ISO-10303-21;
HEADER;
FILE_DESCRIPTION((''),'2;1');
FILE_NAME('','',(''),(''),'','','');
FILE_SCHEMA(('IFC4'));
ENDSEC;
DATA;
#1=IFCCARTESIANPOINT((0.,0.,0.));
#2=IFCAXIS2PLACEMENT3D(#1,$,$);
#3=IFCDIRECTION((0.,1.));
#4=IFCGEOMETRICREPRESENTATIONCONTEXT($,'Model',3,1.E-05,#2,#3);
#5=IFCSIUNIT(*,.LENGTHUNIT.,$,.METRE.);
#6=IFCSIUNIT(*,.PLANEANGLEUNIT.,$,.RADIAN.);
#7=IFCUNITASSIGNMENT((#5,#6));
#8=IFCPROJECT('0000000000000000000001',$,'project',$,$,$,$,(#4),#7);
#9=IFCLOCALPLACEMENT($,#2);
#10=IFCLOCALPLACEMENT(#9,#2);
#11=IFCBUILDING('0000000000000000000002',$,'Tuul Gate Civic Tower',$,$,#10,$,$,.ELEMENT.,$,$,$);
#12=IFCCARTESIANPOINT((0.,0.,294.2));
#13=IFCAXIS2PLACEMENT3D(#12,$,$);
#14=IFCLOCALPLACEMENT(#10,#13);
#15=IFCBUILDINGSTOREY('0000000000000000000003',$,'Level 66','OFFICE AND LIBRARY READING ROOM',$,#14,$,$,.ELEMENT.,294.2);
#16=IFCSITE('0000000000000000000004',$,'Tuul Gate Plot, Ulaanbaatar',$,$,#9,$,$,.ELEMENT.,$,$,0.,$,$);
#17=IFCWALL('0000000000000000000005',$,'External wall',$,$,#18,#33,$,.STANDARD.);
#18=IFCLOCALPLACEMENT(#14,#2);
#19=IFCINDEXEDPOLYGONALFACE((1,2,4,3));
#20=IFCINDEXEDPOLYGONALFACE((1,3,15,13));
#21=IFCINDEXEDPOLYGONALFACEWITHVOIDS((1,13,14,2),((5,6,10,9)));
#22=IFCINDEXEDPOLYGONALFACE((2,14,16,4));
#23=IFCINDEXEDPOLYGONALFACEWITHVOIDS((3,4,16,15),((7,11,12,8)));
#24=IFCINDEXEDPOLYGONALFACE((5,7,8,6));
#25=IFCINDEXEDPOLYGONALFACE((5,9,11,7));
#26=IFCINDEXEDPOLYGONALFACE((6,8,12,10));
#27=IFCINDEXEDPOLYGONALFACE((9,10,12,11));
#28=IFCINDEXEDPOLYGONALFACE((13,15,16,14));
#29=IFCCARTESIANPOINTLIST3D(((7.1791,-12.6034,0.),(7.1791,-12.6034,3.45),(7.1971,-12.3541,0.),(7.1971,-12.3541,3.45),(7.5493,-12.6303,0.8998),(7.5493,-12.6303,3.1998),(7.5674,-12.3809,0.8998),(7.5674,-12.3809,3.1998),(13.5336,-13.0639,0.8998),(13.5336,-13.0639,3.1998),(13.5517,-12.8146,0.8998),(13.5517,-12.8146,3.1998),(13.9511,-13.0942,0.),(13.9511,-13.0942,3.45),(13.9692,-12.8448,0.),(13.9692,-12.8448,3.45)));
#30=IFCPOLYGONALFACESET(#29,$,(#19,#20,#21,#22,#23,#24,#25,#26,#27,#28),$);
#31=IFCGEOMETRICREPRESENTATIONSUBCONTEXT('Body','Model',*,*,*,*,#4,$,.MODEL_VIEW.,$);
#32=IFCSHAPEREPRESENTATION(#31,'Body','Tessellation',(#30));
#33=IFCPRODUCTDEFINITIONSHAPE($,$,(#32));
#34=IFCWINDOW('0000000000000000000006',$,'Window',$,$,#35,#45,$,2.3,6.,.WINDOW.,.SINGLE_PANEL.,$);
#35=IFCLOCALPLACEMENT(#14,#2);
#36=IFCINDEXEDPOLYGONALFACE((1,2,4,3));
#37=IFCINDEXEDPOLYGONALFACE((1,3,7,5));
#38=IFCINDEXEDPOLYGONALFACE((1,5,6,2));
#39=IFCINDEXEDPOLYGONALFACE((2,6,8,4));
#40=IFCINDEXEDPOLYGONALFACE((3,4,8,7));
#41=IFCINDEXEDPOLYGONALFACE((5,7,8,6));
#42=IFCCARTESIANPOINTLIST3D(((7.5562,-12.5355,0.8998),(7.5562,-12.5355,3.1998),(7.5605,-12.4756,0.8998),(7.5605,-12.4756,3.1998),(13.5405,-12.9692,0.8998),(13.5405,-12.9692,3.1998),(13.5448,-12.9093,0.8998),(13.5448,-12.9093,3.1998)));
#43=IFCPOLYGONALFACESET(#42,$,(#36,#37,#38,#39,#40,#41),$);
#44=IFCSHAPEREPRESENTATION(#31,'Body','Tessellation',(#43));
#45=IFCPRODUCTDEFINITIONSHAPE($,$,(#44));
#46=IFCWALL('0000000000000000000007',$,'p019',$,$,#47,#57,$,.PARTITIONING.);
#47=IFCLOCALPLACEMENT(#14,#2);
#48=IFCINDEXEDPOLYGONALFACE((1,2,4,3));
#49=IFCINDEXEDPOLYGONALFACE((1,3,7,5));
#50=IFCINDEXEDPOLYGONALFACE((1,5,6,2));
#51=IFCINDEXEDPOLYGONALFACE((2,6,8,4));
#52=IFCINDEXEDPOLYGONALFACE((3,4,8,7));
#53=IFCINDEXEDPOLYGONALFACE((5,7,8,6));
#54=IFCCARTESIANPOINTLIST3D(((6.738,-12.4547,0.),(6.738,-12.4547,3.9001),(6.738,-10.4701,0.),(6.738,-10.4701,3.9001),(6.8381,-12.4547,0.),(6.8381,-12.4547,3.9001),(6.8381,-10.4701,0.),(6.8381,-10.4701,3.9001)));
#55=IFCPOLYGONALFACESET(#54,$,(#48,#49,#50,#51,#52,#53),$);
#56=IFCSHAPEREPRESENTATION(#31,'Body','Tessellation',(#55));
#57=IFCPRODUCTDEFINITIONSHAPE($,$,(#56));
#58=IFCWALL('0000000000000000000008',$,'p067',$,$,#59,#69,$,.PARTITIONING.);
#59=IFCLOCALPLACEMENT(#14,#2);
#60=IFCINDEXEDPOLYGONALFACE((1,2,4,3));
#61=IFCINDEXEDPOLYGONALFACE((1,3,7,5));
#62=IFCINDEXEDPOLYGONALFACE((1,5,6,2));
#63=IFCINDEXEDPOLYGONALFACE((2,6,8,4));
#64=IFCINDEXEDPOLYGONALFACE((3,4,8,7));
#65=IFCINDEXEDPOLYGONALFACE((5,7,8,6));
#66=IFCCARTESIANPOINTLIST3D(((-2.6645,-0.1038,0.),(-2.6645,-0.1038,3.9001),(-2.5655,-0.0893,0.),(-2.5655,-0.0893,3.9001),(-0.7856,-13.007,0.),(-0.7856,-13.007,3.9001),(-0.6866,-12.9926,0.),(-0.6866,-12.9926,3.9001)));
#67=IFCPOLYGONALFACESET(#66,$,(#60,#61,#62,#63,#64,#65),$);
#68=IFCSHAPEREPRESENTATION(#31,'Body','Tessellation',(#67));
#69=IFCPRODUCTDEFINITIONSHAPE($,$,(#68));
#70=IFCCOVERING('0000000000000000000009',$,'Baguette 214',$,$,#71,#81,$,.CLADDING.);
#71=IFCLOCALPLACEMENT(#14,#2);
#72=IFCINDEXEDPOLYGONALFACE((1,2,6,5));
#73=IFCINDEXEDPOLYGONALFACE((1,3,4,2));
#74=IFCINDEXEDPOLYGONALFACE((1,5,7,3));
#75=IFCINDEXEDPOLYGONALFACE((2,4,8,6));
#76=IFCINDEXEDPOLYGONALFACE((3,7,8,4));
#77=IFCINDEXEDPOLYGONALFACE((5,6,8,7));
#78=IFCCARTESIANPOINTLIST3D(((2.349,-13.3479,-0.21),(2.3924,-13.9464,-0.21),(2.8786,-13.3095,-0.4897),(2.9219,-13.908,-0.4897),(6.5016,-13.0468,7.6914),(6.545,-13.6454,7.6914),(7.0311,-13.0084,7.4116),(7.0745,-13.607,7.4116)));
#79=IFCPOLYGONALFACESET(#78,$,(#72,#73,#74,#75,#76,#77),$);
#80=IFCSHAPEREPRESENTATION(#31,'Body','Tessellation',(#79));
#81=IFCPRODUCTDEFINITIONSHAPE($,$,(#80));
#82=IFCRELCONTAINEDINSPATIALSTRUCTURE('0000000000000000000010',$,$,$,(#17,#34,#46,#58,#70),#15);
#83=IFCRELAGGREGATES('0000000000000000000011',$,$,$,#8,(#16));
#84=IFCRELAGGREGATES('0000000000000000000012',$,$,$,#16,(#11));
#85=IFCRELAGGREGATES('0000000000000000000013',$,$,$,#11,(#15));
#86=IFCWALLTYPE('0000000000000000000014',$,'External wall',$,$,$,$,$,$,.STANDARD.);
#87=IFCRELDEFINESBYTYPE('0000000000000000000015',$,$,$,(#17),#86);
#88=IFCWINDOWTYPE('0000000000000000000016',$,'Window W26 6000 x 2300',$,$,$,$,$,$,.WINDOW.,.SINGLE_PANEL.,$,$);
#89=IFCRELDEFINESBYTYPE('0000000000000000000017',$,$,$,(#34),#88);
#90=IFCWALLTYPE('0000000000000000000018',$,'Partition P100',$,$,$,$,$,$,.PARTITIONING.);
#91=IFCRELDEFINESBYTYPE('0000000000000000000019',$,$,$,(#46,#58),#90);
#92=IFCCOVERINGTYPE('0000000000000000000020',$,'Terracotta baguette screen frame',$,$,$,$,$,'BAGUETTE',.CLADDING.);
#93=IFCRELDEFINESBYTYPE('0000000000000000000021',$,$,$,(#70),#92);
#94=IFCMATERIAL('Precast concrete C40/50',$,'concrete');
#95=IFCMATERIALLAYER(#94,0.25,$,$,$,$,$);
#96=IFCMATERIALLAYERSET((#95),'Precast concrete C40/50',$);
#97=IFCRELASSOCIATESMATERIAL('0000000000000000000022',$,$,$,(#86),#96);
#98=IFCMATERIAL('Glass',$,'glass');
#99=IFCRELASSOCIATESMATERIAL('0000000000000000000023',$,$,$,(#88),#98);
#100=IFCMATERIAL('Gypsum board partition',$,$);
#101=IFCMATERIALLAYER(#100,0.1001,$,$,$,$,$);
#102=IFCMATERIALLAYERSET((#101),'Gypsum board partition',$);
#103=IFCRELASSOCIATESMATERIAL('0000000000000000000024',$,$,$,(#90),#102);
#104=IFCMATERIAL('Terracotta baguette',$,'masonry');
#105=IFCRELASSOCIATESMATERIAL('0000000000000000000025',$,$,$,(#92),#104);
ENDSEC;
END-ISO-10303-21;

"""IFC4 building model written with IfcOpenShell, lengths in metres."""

from ifc_helpers import new_model, si_unit, direction, frame, frame_2d, origin, origin_2d, place, context, subcontext, project, spatial, rectangle, extrude, material, layer, layer_set, material_profile, profile_set, type_object, element, fill, save


model = new_model("IFC4")

# Units and contexts
model_context = context("Model", 3, precision=1e-05, world=origin(), true_north=direction((0.0, 1.0)))
body_context = subcontext(model_context, "Body", "Model", "MODEL_VIEW")
ifc_project = project(units=[si_unit("LENGTHUNIT", "METRE"), si_unit("PLANEANGLEUNIT", "RADIAN")], contexts=[model_context])

# Site, building, storey
site_placement = place(None, origin())
site = spatial("IfcSite", under=ifc_project, at=site_placement, Name="Tuul Gate Plot, Ulaanbaatar", CompositionType="ELEMENT", RefElevation=0.0)
building_placement = place(site_placement, origin())
building = spatial("IfcBuilding", under=site, at=building_placement, Name="Tuul Gate Civic Tower", CompositionType="ELEMENT")
storey_placement = place(building_placement, frame((0.0, 0.0, 294.2)))
storey = spatial("IfcBuildingStorey", under=building, at=storey_placement, Name="Level 66", Description="OFFICE AND LIBRARY READING ROOM", CompositionType="ELEMENT", Elevation=294.2)

# Wall, opening, window
ifc_material_1 = material(Name="Precast concrete C40/50", Category="concrete")
ifc_layer_1 = layer(ifc_material_1, 0.25)
ifc_layer_set_1 = layer_set([ifc_layer_1], Name="Precast concrete C40/50")
wall_type_1 = type_object("IfcWallType", Name="External wall", PredefinedType="STANDARD", material=ifc_layer_set_1)
ifc_material_2 = material(Name="Glass", Category="glass")
window_type = type_object("IfcWindowType", Name="Window W26 6000 x 2300", PartitioningType="SINGLE_PANEL", PredefinedType="WINDOW", material=ifc_material_2)
wall_1_placement = place(storey_placement, frame((7.188, -12.4788, 0.0), z_axis=(0.0, 0.0, 1.0), x_axis=(0.997385, -0.072274, 0.0)))
wall_1 = element("IfcWall", 1, at=wall_1_placement, inside=storey, type_object=wall_type_1, Name="External wall", PredefinedType="STANDARD", context=body_context, shape_type="SweptSolid", body=[
    extrude(rectangle(XDim=6.7898, YDim=0.25, at=frame_2d((3.395, 0.0))), origin(), (0.0, 0.0, 1.0), 3.45),
])
opening_1_placement = place(wall_1_placement, frame((0.3713, 0.0, 0.8999)))
opening_1 = element("IfcOpeningElement", 2, at=opening_1_placement, cuts=wall_1, PredefinedType="OPENING", context=body_context, shape_type="SweptSolid", body=[
    extrude(rectangle(XDim=6.0, YDim=2.3, at=frame_2d((3.0, 1.1499))), frame((0.0, 0.135, 0.0), z_axis=(0.0, -1.0, 0.0), x_axis=(1.0, 0.0, 0.0)), (0.0, 0.0, 1.0), 0.27),
])
window_1_placement = place(opening_1_placement, origin())
window_1 = element("IfcWindow", 3, at=window_1_placement, inside=storey, type_object=window_type, Name="Window", OverallHeight=2.3, OverallWidth=6.0, PartitioningType="SINGLE_PANEL", PredefinedType="WINDOW", context=body_context, shape_type="SweptSolid", body=[
    extrude(rectangle(XDim=6.0, YDim=2.3, at=frame_2d((3.0, 1.1499))), frame((0.0, 0.03, 0.0), z_axis=(0.0, -1.0, 0.0), x_axis=(1.0, 0.0, 0.0)), (0.0, 0.0, 1.0), 0.0601),
])
fill(opening_1, window_1)

# Walls
ifc_material_3 = material(Name="Gypsum board partition")
ifc_layer_2 = layer(ifc_material_3, 0.1001)
ifc_layer_set_2 = layer_set([ifc_layer_2], Name="Gypsum board partition")
wall_type_2 = type_object("IfcWallType", Name="Partition P100", PredefinedType="PARTITIONING", material=ifc_layer_set_2)
wall_2_placement = place(storey_placement, frame((6.7881, -12.4546, 0.0), z_axis=(0.0, 0.0, 1.0), x_axis=(0.0, 1.0, 0.0)))
element("IfcWall", 4, at=wall_2_placement, inside=storey, type_object=wall_type_2, Name="p019", PredefinedType="PARTITIONING", context=body_context, shape_type="SweptSolid", body=[
    extrude(rectangle(XDim=1.9846, YDim=0.1001, at=frame_2d((0.9922, 0.0))), origin(), (0.0, 0.0, 1.0), 3.9001),
])
wall_3_placement = place(storey_placement, frame((-2.615, -0.0967, 0.0), z_axis=(0.0, 0.0, 1.0), x_axis=(0.144095, -0.989564, 0.0)))
element("IfcWall", 5, at=wall_3_placement, inside=storey, type_object=wall_type_2, Name="p067", PredefinedType="PARTITIONING", context=body_context, shape_type="SweptSolid", body=[
    extrude(rectangle(XDim=13.0393, YDim=0.1001, at=frame_2d((6.5195, 0.0))), origin(), (0.0, 0.0, 1.0), 3.9001),
])

# Covering
ifc_material_4 = material(Name="Terracotta baguette", Category="masonry")
ifc_material_profile_1 = material_profile(ifc_material_4, rectangle(XDim=0.6001, YDim=0.6001, at=origin_2d()), Name="Terracotta baguette screen frame")
ifc_profile_set_1 = profile_set([ifc_material_profile_1], Name="Terracotta baguette")
covering_type = type_object("IfcCoveringType", Name="Terracotta baguette screen frame", ElementType="BAGUETTE", PredefinedType="CLADDING", material=ifc_profile_set_1)
covering_placement = place(storey_placement, frame((2.6355, -13.6279, -0.3499), z_axis=(0.464953, 0.033705, 0.884693), x_axis=(-0.072301, 0.997383, 0.0)))
element("IfcCovering", 6, at=covering_placement, inside=storey, type_object=covering_type, Name="Baguette 214", PredefinedType="CLADDING", context=body_context, shape_type="SweptSolid", body=[
    extrude(rectangle(XDim=0.6001, YDim=0.6001, at=origin_2d()), origin(), (0.0, 0.0, 1.0), 8.9312),
])

save(model, "model.ifc")
